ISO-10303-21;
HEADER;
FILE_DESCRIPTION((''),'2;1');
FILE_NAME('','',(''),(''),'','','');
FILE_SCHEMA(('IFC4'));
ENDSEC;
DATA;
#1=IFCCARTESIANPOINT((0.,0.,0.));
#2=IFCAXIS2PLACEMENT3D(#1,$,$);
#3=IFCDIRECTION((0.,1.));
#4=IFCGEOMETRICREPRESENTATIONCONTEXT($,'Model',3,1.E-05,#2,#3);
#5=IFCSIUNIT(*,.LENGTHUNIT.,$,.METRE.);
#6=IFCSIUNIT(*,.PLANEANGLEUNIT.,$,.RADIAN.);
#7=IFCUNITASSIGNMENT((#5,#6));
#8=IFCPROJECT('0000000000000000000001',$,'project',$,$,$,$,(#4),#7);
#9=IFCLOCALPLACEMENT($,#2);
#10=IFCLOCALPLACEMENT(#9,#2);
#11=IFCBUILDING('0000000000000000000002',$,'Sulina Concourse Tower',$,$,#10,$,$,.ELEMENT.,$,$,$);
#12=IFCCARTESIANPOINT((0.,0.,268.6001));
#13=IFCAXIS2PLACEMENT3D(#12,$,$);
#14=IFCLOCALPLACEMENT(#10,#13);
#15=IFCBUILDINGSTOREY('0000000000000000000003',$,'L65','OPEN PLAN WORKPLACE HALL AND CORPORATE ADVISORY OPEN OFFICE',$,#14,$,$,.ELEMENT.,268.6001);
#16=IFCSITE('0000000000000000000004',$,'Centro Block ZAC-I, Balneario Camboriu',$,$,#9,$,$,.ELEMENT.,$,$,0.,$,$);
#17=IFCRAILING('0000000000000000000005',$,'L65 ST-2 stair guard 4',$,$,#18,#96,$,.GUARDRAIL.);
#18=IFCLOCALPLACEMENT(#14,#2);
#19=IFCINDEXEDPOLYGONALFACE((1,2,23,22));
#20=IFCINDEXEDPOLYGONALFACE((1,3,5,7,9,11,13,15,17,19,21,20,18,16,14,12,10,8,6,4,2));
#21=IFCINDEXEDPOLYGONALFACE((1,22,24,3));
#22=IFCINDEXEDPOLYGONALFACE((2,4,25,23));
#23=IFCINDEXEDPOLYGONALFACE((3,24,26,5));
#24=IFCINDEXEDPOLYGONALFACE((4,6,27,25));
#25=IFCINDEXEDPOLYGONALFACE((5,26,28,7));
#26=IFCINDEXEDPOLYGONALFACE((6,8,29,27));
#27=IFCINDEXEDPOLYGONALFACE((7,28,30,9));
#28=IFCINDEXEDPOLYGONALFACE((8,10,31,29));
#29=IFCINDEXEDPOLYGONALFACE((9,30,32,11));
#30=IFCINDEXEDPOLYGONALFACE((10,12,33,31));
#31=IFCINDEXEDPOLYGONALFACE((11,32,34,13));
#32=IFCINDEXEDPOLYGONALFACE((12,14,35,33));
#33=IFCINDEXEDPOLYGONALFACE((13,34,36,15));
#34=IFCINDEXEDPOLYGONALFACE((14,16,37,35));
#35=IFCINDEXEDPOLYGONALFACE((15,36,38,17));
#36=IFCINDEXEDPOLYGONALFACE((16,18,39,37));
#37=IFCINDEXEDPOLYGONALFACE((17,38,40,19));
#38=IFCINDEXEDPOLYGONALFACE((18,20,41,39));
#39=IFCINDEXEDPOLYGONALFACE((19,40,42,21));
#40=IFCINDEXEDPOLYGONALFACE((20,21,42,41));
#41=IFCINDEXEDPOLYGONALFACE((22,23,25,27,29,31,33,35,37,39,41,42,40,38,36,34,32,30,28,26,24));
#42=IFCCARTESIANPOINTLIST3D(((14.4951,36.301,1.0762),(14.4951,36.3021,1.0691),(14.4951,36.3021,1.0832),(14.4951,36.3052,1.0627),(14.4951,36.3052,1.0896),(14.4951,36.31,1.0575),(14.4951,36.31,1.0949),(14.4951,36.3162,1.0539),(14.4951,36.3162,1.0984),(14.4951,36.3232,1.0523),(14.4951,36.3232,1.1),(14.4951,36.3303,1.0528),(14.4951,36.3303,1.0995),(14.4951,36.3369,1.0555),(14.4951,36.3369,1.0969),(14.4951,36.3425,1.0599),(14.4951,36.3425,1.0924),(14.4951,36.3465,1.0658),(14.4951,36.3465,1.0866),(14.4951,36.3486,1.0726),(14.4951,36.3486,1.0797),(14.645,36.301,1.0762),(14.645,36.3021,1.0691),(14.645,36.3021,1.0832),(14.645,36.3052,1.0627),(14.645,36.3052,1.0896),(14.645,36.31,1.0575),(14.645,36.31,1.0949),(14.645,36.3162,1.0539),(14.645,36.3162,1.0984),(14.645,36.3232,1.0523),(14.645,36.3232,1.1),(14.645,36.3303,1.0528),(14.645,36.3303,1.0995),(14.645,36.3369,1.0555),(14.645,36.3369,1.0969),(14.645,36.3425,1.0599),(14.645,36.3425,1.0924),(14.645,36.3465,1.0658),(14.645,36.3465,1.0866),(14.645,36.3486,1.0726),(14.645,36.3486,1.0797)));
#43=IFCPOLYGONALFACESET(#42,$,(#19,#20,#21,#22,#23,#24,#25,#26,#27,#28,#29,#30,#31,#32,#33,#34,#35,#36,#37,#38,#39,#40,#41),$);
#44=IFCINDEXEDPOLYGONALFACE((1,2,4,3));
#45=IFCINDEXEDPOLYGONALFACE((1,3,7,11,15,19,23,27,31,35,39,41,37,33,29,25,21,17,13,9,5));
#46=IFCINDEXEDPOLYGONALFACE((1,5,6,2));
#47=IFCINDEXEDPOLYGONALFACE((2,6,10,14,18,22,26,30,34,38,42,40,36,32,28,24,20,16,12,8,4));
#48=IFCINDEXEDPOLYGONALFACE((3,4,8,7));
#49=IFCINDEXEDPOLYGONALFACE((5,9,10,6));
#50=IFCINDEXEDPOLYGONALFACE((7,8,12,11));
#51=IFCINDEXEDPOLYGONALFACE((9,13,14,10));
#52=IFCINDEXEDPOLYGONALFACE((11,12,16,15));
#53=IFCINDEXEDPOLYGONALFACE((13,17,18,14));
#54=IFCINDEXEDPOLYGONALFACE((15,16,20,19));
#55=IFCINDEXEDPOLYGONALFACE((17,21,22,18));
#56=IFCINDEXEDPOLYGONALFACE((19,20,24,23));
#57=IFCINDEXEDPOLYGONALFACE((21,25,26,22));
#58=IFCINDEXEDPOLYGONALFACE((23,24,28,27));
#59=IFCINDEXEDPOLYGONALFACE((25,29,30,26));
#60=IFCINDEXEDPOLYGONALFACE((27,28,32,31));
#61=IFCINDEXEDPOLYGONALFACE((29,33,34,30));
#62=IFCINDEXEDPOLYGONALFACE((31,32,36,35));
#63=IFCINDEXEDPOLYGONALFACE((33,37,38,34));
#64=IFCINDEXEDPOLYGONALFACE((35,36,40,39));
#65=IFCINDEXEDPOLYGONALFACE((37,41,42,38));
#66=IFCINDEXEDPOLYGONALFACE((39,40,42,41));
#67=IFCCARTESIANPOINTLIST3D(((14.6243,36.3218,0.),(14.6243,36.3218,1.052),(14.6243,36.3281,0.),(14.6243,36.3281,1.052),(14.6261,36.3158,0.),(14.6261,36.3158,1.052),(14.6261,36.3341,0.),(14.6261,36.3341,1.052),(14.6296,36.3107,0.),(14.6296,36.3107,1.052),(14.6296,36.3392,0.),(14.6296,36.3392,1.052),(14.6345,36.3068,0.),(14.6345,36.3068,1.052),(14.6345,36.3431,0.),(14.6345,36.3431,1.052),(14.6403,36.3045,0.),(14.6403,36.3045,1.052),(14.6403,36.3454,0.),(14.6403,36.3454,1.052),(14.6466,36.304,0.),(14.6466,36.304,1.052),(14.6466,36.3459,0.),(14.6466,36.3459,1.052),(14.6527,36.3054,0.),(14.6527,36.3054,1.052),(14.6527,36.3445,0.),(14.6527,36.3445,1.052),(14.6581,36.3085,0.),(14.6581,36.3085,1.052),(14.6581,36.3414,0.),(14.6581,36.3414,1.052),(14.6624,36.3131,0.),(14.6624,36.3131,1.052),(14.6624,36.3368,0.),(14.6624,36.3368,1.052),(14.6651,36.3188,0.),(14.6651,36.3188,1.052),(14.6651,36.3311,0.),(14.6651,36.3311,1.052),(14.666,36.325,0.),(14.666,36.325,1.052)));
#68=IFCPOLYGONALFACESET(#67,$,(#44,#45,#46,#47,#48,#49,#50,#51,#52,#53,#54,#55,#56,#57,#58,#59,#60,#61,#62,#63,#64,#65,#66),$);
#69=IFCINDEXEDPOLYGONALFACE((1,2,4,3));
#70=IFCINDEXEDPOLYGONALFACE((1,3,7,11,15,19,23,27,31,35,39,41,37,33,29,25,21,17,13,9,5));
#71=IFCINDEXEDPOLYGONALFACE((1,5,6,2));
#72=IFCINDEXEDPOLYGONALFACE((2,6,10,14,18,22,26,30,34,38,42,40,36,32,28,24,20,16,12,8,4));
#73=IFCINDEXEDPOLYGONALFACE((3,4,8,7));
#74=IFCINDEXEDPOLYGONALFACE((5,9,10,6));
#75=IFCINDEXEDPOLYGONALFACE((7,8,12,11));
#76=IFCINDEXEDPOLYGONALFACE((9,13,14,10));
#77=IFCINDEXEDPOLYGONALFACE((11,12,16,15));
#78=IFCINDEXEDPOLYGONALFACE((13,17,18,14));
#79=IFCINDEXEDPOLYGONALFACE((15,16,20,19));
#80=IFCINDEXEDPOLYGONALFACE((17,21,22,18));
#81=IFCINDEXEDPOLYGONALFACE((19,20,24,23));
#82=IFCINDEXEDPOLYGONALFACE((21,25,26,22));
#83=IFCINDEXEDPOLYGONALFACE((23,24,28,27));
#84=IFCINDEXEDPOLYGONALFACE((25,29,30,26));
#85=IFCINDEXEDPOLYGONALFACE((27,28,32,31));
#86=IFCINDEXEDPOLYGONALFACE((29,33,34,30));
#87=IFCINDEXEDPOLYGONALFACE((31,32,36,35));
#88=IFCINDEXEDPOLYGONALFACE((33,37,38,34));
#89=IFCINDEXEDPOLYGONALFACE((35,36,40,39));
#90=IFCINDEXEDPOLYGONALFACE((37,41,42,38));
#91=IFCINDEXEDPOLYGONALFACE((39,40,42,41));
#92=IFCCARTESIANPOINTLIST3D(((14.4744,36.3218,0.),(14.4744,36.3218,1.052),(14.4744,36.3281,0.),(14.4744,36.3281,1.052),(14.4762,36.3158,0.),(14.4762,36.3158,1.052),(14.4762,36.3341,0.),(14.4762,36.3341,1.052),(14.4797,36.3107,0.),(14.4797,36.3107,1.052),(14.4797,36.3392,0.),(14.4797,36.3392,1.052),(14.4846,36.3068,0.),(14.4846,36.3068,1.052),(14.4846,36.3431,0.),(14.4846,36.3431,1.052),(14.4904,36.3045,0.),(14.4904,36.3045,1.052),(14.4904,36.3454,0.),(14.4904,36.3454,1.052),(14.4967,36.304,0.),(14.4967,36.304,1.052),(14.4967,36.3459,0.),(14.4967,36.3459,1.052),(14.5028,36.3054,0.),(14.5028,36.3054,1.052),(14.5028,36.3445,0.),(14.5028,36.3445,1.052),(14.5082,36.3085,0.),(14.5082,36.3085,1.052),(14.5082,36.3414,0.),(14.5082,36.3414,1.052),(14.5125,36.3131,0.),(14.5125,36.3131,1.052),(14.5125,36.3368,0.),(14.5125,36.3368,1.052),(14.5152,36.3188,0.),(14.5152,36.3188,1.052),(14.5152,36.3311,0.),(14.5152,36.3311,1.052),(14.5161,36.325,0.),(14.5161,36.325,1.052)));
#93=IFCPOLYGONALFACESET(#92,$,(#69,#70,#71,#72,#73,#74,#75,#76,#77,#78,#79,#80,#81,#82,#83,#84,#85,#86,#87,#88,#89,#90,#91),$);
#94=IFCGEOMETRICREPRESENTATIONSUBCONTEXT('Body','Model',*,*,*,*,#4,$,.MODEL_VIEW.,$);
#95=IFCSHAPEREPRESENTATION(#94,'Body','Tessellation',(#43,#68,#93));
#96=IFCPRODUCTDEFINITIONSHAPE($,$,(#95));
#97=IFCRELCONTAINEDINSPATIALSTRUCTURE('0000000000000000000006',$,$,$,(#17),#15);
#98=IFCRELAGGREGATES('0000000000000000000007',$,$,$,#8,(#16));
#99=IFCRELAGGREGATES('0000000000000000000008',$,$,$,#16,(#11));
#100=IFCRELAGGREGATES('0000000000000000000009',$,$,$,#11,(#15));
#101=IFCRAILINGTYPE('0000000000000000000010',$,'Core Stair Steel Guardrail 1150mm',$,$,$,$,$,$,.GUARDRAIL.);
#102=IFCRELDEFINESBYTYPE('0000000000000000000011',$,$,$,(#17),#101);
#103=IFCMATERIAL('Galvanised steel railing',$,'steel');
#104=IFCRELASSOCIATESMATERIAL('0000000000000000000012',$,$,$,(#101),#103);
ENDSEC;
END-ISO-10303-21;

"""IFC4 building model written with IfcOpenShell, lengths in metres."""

from ifc_helpers import new_model, si_unit, direction, frame, origin, origin_2d, place, context, subcontext, project, spatial, circle, extrude, material, type_object, element, save


model = new_model("IFC4")

# Units and contexts
model_context = context("Model", 3, precision=1e-05, world=origin(), true_north=direction((0.0, 1.0)))
body_context = subcontext(model_context, "Body", "Model", "MODEL_VIEW")
ifc_project = project(units=[si_unit("LENGTHUNIT", "METRE"), si_unit("PLANEANGLEUNIT", "RADIAN")], contexts=[model_context])

# Site, building, storey
site_placement = place(None, origin())
site = spatial("IfcSite", under=ifc_project, at=site_placement, Name="Centro Block ZAC-I, Balneario Camboriu", CompositionType="ELEMENT", RefElevation=0.0)
building_placement = place(site_placement, origin())
building = spatial("IfcBuilding", under=site, at=building_placement, Name="Sulina Concourse Tower", CompositionType="ELEMENT")
storey_placement = place(building_placement, frame((0.0, 0.0, 268.6001)))
storey = spatial("IfcBuildingStorey", under=building, at=storey_placement, Name="L65", Description="OPEN PLAN WORKPLACE HALL AND CORPORATE ADVISORY OPEN OFFICE", CompositionType="ELEMENT", Elevation=268.6001)

# Railing
ifc_material_1 = material(Name="Galvanised steel railing", Category="steel")
railing_type_1 = type_object("IfcRailingType", Name="Core Stair Steel Guardrail 1150mm", PredefinedType="GUARDRAIL", material=ifc_material_1)
railing_1_placement = place(storey_placement, frame((14.645, 36.325, 0.0)))
element("IfcRailing", 1, at=railing_1_placement, inside=storey, type_object=railing_type_1, Name="L65 ST-2 stair guard 4", PredefinedType="GUARDRAIL", context=body_context, shape_type="SweptSolid", body=[
    extrude(circle(Radius=0.0239, at=origin_2d()), frame((0.0, 0.0, 1.0762), z_axis=(-1.0, 0.0, 0.0), x_axis=(0.0, -1.0, 0.0)), (0.0, 0.0, 1.0), 0.1499),
    extrude(circle(Radius=0.021, at=origin_2d()), origin(), (0.0, 0.0, 1.0), 1.052),
    extrude(circle(Radius=0.021, at=origin_2d()), frame((-0.1499, 0.0, 0.0)), (0.0, 0.0, 1.0), 1.052),
])

save(model, "model.ifc")
